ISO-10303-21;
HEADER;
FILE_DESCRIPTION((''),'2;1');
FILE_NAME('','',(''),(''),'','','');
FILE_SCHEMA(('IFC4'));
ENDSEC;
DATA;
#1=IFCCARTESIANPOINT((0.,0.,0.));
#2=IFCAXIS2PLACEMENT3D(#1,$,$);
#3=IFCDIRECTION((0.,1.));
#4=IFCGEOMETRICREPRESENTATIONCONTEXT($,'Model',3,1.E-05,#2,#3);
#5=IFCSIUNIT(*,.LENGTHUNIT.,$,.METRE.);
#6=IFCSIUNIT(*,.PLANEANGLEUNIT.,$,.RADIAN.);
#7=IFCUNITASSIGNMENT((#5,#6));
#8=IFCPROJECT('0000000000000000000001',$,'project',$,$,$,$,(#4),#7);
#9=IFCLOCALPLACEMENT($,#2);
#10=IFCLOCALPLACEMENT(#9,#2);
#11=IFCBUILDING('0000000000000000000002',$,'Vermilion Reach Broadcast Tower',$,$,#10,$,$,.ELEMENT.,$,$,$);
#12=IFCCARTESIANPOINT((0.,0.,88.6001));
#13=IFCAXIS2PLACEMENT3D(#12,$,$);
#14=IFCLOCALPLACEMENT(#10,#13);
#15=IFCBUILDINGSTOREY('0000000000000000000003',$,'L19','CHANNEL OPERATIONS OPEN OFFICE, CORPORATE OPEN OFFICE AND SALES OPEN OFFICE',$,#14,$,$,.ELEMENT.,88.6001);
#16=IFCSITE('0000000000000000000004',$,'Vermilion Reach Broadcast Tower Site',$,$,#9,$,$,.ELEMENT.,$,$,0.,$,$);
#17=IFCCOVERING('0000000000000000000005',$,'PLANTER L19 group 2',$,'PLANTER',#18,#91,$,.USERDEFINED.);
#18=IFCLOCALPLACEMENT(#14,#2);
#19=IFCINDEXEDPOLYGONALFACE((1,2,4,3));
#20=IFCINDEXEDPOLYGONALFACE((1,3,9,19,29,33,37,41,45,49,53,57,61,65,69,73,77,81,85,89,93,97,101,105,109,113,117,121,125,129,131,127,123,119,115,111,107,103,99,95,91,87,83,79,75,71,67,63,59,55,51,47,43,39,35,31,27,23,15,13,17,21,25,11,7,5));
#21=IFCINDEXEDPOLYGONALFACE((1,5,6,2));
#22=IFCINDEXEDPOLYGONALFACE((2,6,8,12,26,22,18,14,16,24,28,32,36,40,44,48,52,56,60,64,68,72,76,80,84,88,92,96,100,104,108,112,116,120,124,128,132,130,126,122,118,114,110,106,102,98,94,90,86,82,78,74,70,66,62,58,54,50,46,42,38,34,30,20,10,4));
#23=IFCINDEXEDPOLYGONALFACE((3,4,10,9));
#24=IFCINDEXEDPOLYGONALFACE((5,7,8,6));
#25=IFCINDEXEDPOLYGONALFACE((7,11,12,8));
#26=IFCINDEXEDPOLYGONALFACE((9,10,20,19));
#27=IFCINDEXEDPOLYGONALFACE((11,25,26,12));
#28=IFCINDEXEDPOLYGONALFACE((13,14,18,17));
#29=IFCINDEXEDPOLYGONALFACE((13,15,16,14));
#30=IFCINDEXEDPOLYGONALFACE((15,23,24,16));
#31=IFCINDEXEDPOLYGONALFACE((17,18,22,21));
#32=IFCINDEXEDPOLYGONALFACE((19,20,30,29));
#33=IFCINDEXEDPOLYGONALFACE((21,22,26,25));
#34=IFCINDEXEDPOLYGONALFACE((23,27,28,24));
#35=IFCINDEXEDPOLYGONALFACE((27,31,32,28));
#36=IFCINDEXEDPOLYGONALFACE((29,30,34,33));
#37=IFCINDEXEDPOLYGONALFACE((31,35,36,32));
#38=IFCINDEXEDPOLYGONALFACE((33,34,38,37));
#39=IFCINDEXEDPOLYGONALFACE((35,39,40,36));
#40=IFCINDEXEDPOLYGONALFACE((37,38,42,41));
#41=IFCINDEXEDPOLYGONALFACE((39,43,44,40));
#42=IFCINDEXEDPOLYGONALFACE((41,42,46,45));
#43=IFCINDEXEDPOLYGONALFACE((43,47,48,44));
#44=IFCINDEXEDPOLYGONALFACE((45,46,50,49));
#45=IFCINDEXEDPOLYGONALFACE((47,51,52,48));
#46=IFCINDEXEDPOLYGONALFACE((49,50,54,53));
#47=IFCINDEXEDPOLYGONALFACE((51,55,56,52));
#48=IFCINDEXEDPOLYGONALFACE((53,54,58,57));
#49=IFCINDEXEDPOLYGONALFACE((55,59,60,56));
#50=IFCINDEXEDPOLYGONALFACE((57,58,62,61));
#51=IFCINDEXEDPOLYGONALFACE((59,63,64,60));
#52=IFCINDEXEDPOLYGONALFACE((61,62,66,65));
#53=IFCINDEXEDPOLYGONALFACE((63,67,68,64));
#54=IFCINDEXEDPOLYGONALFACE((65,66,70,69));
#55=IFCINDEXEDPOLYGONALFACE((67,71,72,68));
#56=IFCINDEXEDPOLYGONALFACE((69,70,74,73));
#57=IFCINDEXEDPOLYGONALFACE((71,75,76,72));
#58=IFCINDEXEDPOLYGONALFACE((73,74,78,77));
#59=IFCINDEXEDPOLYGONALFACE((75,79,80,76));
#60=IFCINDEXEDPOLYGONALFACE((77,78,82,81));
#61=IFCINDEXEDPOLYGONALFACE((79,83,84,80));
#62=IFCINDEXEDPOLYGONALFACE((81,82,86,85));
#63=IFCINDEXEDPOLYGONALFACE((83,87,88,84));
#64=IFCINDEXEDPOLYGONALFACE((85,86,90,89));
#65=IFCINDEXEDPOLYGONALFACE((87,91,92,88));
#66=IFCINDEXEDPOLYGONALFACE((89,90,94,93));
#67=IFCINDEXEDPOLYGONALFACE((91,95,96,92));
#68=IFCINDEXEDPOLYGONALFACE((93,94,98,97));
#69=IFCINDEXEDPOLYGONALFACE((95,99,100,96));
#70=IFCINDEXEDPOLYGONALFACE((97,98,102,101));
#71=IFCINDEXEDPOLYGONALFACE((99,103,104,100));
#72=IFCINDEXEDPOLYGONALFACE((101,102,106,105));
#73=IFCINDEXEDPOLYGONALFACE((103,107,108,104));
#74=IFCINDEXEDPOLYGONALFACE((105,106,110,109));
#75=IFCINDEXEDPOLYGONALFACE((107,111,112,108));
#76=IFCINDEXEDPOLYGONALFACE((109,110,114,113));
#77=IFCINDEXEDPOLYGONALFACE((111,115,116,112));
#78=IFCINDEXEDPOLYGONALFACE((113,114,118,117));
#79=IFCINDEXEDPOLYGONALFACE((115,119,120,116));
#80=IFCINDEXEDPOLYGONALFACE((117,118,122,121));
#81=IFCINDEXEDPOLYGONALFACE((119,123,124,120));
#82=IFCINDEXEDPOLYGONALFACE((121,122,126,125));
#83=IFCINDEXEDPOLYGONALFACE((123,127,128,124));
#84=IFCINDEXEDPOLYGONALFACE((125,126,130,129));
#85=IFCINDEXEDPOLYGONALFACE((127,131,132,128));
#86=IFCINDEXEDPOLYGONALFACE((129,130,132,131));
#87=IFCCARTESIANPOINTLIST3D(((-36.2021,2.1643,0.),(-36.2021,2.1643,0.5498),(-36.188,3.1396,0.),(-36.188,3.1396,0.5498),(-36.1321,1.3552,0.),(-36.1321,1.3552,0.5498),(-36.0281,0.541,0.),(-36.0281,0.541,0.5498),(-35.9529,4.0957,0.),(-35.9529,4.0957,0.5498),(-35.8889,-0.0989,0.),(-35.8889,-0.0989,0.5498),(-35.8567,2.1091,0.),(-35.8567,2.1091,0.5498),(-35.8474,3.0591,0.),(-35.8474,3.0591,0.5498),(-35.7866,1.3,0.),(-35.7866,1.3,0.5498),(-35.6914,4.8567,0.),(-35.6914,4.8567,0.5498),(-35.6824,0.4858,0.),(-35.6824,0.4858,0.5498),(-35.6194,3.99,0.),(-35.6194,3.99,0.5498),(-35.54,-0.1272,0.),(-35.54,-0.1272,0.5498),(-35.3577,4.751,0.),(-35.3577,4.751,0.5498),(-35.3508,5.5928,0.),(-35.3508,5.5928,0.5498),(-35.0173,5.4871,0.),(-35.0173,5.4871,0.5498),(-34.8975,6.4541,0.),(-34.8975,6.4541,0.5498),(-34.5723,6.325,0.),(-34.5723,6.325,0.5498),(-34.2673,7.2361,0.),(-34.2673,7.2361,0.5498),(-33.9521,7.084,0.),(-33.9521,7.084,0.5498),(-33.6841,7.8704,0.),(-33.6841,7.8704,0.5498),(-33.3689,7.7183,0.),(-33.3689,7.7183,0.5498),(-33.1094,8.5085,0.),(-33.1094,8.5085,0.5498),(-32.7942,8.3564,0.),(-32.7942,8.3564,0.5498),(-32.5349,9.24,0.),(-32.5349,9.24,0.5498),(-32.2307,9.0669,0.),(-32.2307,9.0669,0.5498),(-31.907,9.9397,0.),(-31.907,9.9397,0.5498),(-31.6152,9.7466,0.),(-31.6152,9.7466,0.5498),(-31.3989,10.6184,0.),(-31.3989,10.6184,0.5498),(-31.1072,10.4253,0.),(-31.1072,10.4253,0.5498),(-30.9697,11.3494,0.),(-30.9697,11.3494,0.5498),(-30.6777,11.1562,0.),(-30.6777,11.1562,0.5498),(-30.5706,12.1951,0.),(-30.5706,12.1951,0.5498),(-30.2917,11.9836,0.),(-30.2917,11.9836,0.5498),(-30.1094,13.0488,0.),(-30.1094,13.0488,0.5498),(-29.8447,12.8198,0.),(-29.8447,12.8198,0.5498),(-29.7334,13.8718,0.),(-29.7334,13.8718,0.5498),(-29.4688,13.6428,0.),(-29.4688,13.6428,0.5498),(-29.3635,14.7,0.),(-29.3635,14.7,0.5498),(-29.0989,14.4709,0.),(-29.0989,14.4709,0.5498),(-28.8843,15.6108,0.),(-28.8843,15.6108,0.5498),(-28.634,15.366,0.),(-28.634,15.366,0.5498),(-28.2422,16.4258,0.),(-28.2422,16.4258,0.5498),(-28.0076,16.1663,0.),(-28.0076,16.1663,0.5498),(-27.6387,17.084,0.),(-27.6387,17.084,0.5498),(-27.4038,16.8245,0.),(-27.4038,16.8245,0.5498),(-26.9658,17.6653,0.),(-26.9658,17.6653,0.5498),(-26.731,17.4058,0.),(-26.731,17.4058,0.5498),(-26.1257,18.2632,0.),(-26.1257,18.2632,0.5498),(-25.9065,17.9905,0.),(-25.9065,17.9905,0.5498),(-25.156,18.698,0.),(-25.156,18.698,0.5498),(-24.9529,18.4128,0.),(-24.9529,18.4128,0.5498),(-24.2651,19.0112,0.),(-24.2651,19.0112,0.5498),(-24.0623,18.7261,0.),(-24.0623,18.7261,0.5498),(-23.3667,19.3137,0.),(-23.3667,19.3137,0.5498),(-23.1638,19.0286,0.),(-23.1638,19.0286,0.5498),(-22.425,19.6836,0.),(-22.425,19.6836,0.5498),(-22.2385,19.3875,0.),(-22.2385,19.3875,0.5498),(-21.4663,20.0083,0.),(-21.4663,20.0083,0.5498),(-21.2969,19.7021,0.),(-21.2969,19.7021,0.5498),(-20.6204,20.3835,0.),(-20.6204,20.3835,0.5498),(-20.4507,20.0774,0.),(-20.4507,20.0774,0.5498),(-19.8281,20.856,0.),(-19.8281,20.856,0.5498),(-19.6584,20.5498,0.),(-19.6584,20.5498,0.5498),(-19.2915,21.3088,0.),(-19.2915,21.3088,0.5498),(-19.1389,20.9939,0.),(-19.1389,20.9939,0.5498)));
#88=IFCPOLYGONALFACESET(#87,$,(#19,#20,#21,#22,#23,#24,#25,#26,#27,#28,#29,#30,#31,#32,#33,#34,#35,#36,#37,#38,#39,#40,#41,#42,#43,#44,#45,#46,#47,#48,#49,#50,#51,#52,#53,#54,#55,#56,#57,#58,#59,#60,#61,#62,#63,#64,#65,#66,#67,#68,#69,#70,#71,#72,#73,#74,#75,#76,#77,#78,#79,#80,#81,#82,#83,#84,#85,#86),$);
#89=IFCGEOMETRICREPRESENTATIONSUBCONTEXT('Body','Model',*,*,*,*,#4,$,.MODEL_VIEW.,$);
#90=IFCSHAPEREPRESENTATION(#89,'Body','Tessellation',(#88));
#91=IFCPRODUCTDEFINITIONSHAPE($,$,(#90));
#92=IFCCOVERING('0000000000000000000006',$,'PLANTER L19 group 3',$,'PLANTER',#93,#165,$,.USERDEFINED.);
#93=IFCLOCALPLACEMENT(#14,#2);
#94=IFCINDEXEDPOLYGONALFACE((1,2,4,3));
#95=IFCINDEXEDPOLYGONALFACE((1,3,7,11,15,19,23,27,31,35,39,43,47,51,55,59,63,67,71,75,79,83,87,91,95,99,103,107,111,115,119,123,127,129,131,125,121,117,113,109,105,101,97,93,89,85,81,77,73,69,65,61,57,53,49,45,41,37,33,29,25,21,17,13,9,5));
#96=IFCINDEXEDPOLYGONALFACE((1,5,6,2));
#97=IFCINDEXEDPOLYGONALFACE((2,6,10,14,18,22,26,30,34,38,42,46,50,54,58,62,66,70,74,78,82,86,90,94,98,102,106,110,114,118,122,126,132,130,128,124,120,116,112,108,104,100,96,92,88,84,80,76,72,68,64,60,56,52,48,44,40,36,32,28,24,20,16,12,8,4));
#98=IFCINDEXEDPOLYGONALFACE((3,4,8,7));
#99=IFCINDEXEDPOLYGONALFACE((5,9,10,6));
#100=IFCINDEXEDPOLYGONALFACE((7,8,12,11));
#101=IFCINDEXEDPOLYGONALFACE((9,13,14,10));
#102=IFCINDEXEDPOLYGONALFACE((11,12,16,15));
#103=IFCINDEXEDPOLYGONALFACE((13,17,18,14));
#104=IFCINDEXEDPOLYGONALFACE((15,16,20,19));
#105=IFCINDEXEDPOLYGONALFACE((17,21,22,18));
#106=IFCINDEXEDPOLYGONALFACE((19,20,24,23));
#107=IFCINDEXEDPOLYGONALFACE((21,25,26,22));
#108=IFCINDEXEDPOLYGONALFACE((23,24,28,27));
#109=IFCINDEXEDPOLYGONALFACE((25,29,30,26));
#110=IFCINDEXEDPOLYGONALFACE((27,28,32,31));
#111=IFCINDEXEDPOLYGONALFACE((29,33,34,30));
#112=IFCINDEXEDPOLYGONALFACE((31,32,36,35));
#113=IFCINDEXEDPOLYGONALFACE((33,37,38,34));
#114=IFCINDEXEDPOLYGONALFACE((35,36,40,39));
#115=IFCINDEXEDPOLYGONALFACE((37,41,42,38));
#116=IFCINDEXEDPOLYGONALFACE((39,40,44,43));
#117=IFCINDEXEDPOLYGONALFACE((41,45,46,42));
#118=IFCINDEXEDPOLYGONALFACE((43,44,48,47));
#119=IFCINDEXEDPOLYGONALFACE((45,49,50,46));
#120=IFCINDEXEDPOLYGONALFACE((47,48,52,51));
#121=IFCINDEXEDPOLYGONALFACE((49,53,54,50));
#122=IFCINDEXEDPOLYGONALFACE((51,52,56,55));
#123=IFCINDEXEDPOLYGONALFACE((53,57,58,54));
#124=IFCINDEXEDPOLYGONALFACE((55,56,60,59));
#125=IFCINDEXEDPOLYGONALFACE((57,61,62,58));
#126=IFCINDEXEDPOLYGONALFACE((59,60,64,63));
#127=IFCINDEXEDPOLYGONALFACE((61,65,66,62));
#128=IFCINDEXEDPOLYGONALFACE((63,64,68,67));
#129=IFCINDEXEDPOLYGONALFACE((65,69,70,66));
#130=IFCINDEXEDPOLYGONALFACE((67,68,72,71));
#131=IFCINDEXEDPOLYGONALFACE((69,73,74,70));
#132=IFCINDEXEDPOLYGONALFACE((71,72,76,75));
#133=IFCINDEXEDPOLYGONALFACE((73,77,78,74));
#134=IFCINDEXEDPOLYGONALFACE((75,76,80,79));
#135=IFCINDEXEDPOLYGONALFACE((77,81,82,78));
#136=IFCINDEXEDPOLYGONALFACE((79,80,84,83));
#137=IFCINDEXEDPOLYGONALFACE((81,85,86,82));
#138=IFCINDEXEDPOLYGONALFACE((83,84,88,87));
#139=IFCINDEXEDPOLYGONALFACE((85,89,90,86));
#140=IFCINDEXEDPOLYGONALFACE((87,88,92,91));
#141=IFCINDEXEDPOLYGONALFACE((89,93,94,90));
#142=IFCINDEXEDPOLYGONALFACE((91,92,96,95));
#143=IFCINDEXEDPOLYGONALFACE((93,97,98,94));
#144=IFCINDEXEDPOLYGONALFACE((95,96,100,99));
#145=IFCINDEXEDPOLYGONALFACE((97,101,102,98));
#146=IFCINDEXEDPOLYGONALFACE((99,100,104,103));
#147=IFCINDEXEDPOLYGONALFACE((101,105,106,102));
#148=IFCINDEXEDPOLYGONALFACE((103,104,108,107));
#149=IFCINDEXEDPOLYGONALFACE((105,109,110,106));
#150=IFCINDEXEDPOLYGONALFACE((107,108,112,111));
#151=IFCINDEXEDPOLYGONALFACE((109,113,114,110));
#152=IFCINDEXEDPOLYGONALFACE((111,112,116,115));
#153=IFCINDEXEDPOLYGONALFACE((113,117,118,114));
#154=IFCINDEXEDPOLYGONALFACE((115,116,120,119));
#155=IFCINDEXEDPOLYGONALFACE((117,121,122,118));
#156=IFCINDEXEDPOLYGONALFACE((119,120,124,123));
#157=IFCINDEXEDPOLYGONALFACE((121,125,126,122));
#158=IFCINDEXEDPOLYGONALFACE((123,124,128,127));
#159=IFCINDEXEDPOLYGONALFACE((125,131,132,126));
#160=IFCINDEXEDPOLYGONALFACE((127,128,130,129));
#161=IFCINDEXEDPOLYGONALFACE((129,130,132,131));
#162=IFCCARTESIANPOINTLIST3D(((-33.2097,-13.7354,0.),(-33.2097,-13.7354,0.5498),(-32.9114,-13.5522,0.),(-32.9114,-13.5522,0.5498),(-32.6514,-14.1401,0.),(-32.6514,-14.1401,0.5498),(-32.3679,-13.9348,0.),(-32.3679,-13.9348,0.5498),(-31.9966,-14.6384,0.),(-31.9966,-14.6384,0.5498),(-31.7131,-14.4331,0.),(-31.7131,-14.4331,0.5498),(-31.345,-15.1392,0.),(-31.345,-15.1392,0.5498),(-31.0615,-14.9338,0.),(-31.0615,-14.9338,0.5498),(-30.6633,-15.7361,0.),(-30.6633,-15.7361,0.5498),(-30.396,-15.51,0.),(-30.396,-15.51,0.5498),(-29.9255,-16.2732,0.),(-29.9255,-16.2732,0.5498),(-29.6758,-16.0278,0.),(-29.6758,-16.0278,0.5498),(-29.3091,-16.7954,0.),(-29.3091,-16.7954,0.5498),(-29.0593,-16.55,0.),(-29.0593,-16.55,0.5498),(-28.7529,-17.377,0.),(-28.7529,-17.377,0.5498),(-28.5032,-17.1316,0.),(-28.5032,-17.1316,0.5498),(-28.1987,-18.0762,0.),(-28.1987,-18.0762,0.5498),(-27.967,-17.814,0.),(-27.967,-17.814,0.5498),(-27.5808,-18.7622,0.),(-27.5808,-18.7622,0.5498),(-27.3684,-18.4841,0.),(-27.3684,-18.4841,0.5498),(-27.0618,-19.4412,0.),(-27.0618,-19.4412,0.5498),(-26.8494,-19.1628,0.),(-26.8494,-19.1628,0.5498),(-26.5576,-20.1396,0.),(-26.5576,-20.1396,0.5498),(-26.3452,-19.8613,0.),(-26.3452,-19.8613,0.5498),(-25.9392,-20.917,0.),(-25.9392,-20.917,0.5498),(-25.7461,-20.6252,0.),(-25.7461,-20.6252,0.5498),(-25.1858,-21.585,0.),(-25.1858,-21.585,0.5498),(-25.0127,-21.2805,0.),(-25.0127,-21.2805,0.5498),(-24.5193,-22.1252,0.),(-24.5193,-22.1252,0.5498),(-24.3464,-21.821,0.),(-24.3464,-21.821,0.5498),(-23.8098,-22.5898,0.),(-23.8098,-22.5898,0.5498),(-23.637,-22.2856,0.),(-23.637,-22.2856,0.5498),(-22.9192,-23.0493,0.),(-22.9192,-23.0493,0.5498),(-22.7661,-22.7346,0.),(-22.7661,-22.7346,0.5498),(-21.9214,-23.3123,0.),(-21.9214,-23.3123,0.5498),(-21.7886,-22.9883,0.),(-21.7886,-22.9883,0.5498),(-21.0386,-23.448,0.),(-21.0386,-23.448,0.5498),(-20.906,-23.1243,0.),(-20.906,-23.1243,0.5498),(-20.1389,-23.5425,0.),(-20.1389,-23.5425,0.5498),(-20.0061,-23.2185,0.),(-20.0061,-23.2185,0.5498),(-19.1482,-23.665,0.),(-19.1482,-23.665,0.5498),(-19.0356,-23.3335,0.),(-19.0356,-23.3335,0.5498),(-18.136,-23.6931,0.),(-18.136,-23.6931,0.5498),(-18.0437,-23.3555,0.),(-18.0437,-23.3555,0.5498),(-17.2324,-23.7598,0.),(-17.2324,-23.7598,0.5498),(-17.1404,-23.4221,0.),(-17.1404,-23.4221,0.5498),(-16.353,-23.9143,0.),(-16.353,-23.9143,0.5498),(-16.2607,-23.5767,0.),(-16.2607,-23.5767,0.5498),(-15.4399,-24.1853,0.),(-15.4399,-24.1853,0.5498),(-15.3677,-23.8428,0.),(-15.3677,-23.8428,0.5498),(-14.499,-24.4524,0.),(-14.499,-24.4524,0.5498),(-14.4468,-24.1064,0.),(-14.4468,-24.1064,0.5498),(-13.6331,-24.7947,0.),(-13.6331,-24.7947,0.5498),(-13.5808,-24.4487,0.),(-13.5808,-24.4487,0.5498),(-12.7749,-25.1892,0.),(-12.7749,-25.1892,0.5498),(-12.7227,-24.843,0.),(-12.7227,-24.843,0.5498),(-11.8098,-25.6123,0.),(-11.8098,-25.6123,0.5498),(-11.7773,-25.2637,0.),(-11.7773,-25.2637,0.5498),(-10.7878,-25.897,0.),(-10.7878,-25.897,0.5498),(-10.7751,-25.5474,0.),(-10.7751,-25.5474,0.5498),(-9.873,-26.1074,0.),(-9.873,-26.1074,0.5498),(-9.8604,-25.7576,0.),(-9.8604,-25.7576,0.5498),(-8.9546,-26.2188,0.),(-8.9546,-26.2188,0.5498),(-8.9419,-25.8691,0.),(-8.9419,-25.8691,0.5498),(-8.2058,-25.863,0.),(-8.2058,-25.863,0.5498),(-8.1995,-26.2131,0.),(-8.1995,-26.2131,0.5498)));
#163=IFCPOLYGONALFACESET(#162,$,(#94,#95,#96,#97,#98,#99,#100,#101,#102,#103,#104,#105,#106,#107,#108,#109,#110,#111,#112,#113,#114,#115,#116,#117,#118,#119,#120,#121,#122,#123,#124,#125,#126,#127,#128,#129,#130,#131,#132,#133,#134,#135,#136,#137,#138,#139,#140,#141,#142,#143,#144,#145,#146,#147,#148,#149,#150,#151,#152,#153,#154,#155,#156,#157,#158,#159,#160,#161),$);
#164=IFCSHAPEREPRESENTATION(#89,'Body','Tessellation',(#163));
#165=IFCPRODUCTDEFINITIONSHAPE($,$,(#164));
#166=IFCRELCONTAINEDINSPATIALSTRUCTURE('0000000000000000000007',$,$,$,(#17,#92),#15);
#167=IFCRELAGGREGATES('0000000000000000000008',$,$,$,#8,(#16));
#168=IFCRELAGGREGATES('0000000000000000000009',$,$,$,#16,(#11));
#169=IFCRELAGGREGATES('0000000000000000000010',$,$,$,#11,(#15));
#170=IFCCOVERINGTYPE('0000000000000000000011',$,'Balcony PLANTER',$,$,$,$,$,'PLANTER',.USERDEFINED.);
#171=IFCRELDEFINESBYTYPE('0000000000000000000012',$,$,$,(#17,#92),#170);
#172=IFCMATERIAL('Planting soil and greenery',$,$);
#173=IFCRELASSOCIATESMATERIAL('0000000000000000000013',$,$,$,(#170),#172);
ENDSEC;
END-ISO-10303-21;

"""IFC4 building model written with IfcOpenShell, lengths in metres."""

from ifc_helpers import new_model, si_unit, direction, frame, origin, place, context, subcontext, project, spatial, polyline, outline, extrude, material, type_object, element, save


model = new_model("IFC4")

# Units and contexts
model_context = context("Model", 3, precision=1e-05, world=origin(), true_north=direction((0.0, 1.0)))
body_context = subcontext(model_context, "Body", "Model", "MODEL_VIEW")
ifc_project = project(units=[si_unit("LENGTHUNIT", "METRE"), si_unit("PLANEANGLEUNIT", "RADIAN")], contexts=[model_context])

# Site, building, storey
site_placement = place(None, origin())
site = spatial("IfcSite", under=ifc_project, at=site_placement, Name="Vermilion Reach Broadcast Tower Site", CompositionType="ELEMENT", RefElevation=0.0)
building_placement = place(site_placement, origin())
building = spatial("IfcBuilding", under=site, at=building_placement, Name="Vermilion Reach Broadcast Tower", CompositionType="ELEMENT")
storey_placement = place(building_placement, frame((0.0, 0.0, 88.6001)))
storey = spatial("IfcBuildingStorey", under=building, at=storey_placement, Name="L19", Description="CHANNEL OPERATIONS OPEN OFFICE, CORPORATE OPEN OFFICE AND SALES OPEN OFFICE", CompositionType="ELEMENT", Elevation=88.6001)

# Shared definitions
placement_1 = place(storey_placement, origin())

# Coverings
ifc_material_1 = material(Name="Planting soil and greenery")
covering_type = type_object("IfcCoveringType", Name="Balcony PLANTER", ElementType="PLANTER", PredefinedType="USERDEFINED", material=ifc_material_1)
element("IfcCovering", 1, at=placement_1, inside=storey, type_object=covering_type, Name="PLANTER L19 group 2", ObjectType="PLANTER", PredefinedType="USERDEFINED", context=body_context, shape_type="SweptSolid", body=[
    extrude(outline(polyline([(-19.2915, 21.3088), (-19.8281, 20.856), (-20.6204, 20.3835), (-21.4663, 20.0083), (-22.425, 19.6836), (-23.3667, 19.3137), (-24.2651, 19.0112), (-25.156, 18.698), (-26.1257, 18.2632), (-26.9658, 17.6653), (-27.6387, 17.084), (-28.2422, 16.4258), (-28.8843, 15.6108), (-29.3635, 14.7), (-29.7334, 13.8718), (-30.1094, 13.0488), (-30.5706, 12.1951), (-30.9697, 11.3494), (-31.3989, 10.6184), (-31.907, 9.9397), (-32.5349, 9.24), (-33.1094, 8.5085), (-33.6841, 7.8704), (-34.2673, 7.2361), (-34.8975, 6.4541), (-35.3508, 5.5928), (-35.6914, 4.8567), (-35.9529, 4.0957), (-36.188, 3.1396), (-36.2021, 2.1643), (-36.1321, 1.3552), (-36.0281, 0.541), (-35.8889, -0.0989), (-35.54, -0.1272), (-35.6824, 0.4858), (-35.7866, 1.3), (-35.8567, 2.1091), (-35.8474, 3.0591), (-35.6194, 3.99), (-35.3577, 4.751), (-35.0173, 5.4871), (-34.5723, 6.325), (-33.9521, 7.084), (-33.3689, 7.7183), (-32.7942, 8.3564), (-32.2307, 9.0669), (-31.6152, 9.7466), (-31.1072, 10.4253), (-30.6777, 11.1562), (-30.2917, 11.9836), (-29.8447, 12.8198), (-29.4688, 13.6428), (-29.0989, 14.4709), (-28.634, 15.366), (-28.0076, 16.1663), (-27.4038, 16.8245), (-26.731, 17.4058), (-25.9065, 17.9905), (-24.9529, 18.4128), (-24.0623, 18.7261), (-23.1638, 19.0286), (-22.2385, 19.3875), (-21.2969, 19.7021), (-20.4507, 20.0774), (-19.6584, 20.5498), (-19.1389, 20.9939), (-19.2915, 21.3088)])), origin(), (0.0, 0.0, 1.0), 0.5498),
])
element("IfcCovering", 2, at=placement_1, inside=storey, type_object=covering_type, Name="PLANTER L19 group 3", ObjectType="PLANTER", PredefinedType="USERDEFINED", context=body_context, shape_type="SweptSolid", body=[
    extrude(outline(polyline([(-33.2097, -13.7354), (-32.6514, -14.1401), (-31.9966, -14.6384), (-31.345, -15.1392), (-30.6633, -15.7361), (-29.9255, -16.2732), (-29.3091, -16.7954), (-28.7529, -17.377), (-28.1987, -18.0762), (-27.5808, -18.7622), (-27.0618, -19.4412), (-26.5576, -20.1396), (-25.9392, -20.917), (-25.1858, -21.585), (-24.5193, -22.1252), (-23.8098, -22.5898), (-22.9192, -23.0493), (-21.9214, -23.3123), (-21.0386, -23.448), (-20.1389, -23.5425), (-19.1482, -23.665), (-18.136, -23.6931), (-17.2324, -23.7598), (-16.353, -23.9143), (-15.4399, -24.1853), (-14.499, -24.4524), (-13.6331, -24.7947), (-12.7749, -25.1892), (-11.8098, -25.6123), (-10.7878, -25.897), (-9.873, -26.1074), (-8.9546, -26.2188), (-8.1995, -26.2131), (-8.2058, -25.863), (-8.9419, -25.8691), (-9.8604, -25.7576), (-10.7751, -25.5474), (-11.7773, -25.2637), (-12.7227, -24.843), (-13.5808, -24.4487), (-14.4468, -24.1064), (-15.3677, -23.8428), (-16.2607, -23.5767), (-17.1404, -23.4221), (-18.0437, -23.3555), (-19.0356, -23.3335), (-20.0061, -23.2185), (-20.906, -23.1243), (-21.7886, -22.9883), (-22.7661, -22.7346), (-23.637, -22.2856), (-24.3464, -21.821), (-25.0127, -21.2805), (-25.7461, -20.6252), (-26.3452, -19.8613), (-26.8494, -19.1628), (-27.3684, -18.4841), (-27.967, -17.814), (-28.5032, -17.1316), (-29.0593, -16.55), (-29.6758, -16.0278), (-30.396, -15.51), (-31.0615, -14.9338), (-31.7131, -14.4331), (-32.3679, -13.9348), (-32.9114, -13.5522), (-33.2097, -13.7354)])), origin(), (0.0, 0.0, 1.0), 0.5498),
])

save(model, "model.ifc")
